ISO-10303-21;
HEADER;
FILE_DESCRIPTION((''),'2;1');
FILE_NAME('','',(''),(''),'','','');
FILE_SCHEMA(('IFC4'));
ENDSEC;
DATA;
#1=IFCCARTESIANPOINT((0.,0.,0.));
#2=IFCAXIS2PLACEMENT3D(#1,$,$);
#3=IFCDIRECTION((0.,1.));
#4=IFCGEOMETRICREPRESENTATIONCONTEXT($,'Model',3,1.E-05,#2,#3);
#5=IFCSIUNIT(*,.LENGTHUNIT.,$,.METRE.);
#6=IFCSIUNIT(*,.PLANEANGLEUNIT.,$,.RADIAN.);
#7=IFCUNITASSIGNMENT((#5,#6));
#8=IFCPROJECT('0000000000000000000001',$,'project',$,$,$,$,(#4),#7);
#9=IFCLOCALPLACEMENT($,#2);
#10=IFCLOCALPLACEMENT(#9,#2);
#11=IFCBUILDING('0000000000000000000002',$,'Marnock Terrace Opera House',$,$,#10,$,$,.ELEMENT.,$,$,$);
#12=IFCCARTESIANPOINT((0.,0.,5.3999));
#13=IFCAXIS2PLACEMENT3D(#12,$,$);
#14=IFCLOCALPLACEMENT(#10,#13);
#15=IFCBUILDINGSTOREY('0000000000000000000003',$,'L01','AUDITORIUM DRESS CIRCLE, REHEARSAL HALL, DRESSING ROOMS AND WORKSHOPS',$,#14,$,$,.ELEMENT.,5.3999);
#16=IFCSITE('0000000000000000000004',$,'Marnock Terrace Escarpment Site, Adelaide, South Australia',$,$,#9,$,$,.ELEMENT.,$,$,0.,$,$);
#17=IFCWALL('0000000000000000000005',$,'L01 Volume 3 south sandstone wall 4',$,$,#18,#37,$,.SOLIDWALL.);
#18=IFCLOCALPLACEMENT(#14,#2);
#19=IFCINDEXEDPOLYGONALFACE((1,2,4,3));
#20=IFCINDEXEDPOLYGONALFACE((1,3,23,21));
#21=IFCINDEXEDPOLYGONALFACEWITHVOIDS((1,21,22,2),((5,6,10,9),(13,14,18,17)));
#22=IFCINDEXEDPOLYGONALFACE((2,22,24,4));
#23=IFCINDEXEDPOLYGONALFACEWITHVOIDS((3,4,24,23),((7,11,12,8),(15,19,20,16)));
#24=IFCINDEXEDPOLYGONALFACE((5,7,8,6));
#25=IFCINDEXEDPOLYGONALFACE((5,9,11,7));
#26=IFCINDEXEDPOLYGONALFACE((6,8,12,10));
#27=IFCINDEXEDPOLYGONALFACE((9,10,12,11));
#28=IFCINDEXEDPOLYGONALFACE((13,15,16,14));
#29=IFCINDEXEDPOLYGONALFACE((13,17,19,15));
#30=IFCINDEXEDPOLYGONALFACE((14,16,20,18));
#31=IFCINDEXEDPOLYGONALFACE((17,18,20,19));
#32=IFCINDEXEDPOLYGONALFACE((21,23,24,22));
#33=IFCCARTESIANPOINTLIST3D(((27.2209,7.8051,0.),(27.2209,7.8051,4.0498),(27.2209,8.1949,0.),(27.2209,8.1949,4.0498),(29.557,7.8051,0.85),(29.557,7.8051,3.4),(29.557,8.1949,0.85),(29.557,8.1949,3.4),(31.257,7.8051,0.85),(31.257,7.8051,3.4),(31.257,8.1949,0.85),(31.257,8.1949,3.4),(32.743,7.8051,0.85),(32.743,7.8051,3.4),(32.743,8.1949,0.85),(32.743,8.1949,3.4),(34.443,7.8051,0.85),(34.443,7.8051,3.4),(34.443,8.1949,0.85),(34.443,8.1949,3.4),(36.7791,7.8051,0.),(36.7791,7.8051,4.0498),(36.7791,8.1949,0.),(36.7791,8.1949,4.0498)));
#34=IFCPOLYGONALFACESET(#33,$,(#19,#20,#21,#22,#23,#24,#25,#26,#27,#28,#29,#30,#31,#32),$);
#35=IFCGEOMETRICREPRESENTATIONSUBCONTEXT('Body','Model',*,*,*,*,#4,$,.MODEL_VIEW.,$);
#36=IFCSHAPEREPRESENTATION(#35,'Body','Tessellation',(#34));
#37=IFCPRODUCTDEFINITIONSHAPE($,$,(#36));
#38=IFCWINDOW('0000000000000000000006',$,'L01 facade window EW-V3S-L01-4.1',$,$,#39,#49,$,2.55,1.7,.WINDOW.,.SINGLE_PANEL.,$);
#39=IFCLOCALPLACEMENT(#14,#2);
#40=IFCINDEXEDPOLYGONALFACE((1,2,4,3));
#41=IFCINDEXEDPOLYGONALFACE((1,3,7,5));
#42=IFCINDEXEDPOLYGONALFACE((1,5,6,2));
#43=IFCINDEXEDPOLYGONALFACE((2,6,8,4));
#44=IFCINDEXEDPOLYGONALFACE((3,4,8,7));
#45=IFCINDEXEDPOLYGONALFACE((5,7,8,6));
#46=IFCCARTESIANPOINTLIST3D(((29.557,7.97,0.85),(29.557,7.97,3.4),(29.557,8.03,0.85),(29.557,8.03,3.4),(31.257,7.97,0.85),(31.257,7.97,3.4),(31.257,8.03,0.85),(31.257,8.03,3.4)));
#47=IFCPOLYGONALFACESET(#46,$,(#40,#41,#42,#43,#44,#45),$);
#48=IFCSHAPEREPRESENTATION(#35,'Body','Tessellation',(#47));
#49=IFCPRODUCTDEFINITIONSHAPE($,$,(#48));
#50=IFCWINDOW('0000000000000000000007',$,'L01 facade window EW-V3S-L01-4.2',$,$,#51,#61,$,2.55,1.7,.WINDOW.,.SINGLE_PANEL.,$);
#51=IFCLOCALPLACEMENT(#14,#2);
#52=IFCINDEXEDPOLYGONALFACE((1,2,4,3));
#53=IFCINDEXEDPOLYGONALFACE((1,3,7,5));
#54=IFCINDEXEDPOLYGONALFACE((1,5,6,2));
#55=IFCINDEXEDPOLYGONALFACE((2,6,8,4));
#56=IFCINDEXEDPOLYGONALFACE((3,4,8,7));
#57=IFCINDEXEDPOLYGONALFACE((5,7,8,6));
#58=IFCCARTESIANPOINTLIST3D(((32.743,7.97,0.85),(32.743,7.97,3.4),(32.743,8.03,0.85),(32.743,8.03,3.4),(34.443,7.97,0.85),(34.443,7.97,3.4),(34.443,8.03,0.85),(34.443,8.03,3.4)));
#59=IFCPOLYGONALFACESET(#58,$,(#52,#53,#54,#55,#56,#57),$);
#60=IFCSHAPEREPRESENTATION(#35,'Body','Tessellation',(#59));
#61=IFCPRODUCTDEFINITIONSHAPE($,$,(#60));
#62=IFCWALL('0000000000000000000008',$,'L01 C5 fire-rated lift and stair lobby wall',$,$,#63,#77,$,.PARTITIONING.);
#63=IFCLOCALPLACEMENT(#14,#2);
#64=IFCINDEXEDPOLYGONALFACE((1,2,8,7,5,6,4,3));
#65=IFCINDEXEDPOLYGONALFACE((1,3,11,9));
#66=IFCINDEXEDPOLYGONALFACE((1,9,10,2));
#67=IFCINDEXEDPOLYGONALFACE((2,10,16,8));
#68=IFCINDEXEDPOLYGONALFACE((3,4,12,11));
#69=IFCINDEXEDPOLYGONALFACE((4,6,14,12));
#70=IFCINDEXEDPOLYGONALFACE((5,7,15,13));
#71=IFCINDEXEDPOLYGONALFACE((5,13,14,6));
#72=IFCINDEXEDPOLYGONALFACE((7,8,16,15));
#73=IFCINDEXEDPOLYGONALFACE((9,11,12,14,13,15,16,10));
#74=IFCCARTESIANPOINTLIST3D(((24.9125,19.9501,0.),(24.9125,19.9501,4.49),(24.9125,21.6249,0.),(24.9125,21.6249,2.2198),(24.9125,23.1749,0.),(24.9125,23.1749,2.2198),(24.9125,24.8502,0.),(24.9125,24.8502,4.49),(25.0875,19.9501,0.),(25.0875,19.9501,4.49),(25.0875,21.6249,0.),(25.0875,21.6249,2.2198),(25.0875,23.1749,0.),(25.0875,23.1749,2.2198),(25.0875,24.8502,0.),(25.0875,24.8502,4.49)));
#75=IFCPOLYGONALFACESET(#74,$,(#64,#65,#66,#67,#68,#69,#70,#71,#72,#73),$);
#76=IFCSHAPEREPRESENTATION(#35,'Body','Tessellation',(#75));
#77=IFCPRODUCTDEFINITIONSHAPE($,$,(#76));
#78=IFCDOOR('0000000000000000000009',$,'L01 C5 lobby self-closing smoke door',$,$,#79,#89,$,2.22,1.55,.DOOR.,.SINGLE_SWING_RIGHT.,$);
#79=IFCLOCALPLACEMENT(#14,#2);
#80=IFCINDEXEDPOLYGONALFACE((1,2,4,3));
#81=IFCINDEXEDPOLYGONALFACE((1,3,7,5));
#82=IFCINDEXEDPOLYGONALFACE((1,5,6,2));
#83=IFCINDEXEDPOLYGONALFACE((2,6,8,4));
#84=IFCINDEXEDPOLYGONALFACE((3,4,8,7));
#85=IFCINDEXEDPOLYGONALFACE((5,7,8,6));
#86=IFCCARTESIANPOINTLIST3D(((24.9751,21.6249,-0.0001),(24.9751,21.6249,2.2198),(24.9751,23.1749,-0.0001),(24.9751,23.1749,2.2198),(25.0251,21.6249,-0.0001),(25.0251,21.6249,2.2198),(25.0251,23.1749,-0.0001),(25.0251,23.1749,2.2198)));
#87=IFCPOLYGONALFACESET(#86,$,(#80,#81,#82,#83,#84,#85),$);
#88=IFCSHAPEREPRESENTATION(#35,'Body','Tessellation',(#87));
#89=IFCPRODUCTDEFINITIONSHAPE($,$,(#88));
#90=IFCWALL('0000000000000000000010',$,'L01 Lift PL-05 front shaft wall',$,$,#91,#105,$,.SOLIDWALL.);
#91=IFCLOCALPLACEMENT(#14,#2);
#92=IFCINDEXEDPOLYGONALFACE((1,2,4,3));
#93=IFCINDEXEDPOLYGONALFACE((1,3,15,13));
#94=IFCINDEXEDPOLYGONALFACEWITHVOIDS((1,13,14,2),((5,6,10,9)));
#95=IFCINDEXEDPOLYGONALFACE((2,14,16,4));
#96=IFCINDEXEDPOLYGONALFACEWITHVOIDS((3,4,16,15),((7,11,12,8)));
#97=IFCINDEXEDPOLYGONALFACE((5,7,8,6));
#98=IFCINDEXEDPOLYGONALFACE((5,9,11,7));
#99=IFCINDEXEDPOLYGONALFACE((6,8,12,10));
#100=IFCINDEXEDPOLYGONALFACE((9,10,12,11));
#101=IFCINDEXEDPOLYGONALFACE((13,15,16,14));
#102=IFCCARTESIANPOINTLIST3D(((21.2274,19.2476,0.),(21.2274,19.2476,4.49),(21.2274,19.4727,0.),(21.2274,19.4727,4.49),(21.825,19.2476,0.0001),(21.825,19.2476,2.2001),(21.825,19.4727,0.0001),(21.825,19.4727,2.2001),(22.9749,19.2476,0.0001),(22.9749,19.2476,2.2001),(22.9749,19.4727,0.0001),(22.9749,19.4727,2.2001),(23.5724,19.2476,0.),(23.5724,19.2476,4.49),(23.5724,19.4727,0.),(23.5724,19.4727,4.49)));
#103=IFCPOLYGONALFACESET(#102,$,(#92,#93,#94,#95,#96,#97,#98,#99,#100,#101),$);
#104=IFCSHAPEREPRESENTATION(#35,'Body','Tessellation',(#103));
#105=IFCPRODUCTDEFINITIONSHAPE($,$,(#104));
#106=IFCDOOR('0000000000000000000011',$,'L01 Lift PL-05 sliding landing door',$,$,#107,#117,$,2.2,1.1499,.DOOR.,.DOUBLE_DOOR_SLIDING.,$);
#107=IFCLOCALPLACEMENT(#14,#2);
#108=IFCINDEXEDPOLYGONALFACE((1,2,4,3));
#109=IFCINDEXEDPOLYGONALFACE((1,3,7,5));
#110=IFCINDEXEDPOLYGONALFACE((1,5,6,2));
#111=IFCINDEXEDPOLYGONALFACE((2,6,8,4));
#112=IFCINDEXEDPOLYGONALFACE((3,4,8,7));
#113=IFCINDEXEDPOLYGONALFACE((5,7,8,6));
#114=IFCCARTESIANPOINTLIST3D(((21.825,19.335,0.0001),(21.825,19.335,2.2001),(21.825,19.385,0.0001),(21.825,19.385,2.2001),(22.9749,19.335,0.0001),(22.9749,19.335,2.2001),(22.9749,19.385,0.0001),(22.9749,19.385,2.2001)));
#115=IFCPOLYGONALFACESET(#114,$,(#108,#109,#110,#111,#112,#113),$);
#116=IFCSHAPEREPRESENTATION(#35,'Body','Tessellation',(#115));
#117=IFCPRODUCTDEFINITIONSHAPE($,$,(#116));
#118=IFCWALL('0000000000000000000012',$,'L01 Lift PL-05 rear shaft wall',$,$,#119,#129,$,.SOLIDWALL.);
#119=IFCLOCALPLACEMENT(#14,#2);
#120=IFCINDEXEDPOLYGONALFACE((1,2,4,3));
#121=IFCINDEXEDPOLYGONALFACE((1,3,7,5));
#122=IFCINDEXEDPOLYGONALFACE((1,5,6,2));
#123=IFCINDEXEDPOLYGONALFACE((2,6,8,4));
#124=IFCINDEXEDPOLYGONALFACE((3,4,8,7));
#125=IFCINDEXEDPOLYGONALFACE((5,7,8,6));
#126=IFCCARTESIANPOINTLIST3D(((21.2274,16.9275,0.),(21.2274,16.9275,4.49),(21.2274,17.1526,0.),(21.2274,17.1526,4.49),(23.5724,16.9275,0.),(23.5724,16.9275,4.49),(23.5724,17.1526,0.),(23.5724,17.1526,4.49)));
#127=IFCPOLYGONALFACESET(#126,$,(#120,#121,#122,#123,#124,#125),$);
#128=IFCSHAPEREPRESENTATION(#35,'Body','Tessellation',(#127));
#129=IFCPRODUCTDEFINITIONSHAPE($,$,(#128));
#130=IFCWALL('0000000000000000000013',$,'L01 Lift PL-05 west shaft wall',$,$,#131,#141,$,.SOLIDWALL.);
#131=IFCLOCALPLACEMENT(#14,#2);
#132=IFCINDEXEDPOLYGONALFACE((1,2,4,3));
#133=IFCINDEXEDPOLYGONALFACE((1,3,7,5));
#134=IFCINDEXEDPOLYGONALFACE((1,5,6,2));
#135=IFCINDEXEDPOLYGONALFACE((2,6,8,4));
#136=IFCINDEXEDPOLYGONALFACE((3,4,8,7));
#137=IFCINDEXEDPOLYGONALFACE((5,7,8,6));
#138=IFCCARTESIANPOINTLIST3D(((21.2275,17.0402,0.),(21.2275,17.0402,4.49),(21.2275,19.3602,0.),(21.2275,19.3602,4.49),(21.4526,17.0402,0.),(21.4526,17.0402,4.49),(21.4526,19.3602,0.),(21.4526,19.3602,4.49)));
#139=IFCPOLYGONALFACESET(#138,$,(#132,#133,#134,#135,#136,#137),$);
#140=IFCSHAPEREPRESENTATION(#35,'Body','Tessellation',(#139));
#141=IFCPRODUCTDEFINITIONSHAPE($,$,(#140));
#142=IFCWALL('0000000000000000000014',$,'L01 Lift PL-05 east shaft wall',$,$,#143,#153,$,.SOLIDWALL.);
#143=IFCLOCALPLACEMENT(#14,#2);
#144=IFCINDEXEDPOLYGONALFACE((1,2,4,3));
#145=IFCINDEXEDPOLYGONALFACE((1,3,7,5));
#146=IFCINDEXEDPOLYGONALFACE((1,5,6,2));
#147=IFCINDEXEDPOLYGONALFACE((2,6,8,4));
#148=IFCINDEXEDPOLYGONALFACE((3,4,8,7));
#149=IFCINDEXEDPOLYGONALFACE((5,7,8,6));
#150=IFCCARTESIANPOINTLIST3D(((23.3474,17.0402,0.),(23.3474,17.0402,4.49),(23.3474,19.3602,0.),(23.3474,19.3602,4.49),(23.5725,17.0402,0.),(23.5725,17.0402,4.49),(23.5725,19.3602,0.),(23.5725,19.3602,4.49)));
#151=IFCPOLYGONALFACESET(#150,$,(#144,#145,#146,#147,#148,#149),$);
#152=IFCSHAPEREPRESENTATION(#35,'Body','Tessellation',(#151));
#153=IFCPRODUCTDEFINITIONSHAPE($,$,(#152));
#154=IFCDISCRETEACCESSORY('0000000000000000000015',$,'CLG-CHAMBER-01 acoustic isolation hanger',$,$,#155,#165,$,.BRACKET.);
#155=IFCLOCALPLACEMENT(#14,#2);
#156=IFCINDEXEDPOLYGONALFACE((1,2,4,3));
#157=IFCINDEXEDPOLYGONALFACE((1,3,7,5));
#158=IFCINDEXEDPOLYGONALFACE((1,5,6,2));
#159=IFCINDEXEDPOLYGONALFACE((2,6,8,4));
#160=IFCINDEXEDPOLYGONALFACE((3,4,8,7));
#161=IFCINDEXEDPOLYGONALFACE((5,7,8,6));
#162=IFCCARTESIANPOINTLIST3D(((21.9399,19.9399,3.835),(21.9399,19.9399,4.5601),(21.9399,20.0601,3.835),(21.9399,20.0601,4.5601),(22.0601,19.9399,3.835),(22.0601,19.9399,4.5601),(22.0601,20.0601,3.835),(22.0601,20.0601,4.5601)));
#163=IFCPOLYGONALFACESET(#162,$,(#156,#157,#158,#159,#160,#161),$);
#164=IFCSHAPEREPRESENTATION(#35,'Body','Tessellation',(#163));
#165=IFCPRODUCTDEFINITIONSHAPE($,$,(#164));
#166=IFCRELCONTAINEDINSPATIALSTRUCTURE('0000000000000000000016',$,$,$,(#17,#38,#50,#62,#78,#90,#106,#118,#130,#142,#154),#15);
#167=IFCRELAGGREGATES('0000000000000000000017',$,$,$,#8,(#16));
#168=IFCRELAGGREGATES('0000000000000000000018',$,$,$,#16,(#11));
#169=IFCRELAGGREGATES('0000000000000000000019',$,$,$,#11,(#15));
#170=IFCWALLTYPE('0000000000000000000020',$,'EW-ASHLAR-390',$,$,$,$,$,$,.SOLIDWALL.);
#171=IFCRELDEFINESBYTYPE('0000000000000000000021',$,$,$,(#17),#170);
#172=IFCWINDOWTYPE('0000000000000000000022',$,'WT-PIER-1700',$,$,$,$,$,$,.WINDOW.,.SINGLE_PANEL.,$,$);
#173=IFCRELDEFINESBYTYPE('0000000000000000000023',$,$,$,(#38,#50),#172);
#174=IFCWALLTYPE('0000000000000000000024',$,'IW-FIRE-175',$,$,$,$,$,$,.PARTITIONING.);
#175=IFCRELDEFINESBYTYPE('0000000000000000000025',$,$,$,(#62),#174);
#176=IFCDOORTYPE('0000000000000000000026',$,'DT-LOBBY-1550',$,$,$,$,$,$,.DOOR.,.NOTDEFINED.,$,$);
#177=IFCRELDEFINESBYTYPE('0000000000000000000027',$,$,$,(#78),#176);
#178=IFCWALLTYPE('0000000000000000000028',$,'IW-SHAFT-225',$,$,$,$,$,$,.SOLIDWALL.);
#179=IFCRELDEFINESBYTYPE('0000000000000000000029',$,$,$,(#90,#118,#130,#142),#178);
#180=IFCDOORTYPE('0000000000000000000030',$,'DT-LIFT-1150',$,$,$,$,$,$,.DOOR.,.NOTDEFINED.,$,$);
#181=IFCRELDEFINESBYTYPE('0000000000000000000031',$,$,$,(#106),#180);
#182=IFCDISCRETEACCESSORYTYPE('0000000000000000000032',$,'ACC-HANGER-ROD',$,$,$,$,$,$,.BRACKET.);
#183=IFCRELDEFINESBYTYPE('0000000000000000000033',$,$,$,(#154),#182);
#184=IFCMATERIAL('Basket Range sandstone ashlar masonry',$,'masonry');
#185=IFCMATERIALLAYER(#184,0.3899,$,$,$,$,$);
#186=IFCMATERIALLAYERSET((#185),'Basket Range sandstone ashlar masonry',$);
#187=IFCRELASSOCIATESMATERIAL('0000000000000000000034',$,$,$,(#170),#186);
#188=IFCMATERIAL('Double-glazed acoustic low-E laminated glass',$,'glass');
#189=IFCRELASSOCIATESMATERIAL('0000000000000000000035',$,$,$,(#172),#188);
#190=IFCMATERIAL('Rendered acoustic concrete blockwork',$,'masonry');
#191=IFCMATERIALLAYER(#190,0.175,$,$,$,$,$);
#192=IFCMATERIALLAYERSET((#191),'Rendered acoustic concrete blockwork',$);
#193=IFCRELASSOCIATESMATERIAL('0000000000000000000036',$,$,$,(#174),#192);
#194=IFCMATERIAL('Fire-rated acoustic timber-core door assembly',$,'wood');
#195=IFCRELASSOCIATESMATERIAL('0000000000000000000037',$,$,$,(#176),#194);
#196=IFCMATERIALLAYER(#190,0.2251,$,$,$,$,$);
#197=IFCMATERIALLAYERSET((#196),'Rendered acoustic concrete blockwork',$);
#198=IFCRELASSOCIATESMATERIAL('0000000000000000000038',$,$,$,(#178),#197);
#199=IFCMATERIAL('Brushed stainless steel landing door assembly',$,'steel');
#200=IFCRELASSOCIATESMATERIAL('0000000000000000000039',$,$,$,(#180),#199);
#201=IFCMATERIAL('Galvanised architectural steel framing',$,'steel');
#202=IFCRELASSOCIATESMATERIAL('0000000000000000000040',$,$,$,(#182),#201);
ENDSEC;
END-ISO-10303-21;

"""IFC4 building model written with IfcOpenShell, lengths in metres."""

from ifc_helpers import new_model, si_unit, direction, frame, frame_2d, origin, origin_2d, place, context, subcontext, project, spatial, rectangle, extrude, material, layer, layer_set, type_object, element, fill, save


model = new_model("IFC4")

# Units and contexts
model_context = context("Model", 3, precision=1e-05, world=origin(), true_north=direction((0.0, 1.0)))
body_context = subcontext(model_context, "Body", "Model", "MODEL_VIEW")
ifc_project = project(units=[si_unit("LENGTHUNIT", "METRE"), si_unit("PLANEANGLEUNIT", "RADIAN")], contexts=[model_context])

# Site, building, storey
site_placement = place(None, origin())
site = spatial("IfcSite", under=ifc_project, at=site_placement, Name="Marnock Terrace Escarpment Site, Adelaide, South Australia", CompositionType="ELEMENT", RefElevation=0.0)
building_placement = place(site_placement, origin())
building = spatial("IfcBuilding", under=site, at=building_placement, Name="Marnock Terrace Opera House", CompositionType="ELEMENT")
storey_placement = place(building_placement, frame((0.0, 0.0, 5.3999)))
storey = spatial("IfcBuildingStorey", under=building, at=storey_placement, Name="L01", Description="AUDITORIUM DRESS CIRCLE, REHEARSAL HALL, DRESSING ROOMS AND WORKSHOPS", CompositionType="ELEMENT", Elevation=5.3999)

# Wall, openings, windows
ifc_material_1 = material(Name="Basket Range sandstone ashlar masonry", Category="masonry")
ifc_layer_1 = layer(ifc_material_1, 0.3899)
ifc_layer_set_1 = layer_set([ifc_layer_1], Name="Basket Range sandstone ashlar masonry")
wall_type_1 = type_object("IfcWallType", Name="EW-ASHLAR-390", PredefinedType="SOLIDWALL", material=ifc_layer_set_1)
ifc_material_2 = material(Name="Double-glazed acoustic low-E laminated glass", Category="glass")
window_type = type_object("IfcWindowType", Name="WT-PIER-1700", PartitioningType="SINGLE_PANEL", PredefinedType="WINDOW", material=ifc_material_2)
wall_1_placement = place(storey_placement, frame((27.2209, 8.0, 0.0), z_axis=(0.0, 0.0, 1.0), x_axis=(1.0, 0.0, 0.0)))
wall_1 = element("IfcWall", 1, at=wall_1_placement, inside=storey, type_object=wall_type_1, Name="L01 Volume 3 south sandstone wall 4", PredefinedType="SOLIDWALL", context=body_context, shape_type="SweptSolid", body=[
    extrude(rectangle(XDim=9.5581, YDim=0.3899, at=frame_2d((4.7791, 0.0))), origin(), (0.0, 0.0, 1.0), 4.0498),
])
opening_1_placement = place(wall_1_placement, frame((2.3359, 0.0, 0.8501)))
opening_1 = element("IfcOpeningElement", 2, at=opening_1_placement, cuts=wall_1, PredefinedType="OPENING", context=body_context, shape_type="SweptSolid", body=[
    extrude(rectangle(XDim=1.7, YDim=2.55, at=frame_2d((0.8501, 1.2749))), frame((0.0, 0.2048, 0.0), z_axis=(0.0, -1.0, 0.0), x_axis=(1.0, 0.0, 0.0)), (0.0, 0.0, 1.0), 0.4099),
])
opening_2_placement = place(wall_1_placement, frame((5.522, 0.0, 0.8501)))
opening_2 = element("IfcOpeningElement", 3, at=opening_2_placement, cuts=wall_1, PredefinedType="OPENING", context=body_context, shape_type="SweptSolid", body=[
    extrude(rectangle(XDim=1.7, YDim=2.55, at=frame_2d((0.8501, 1.2749))), frame((0.0, 0.2048, 0.0), z_axis=(0.0, -1.0, 0.0), x_axis=(1.0, 0.0, 0.0)), (0.0, 0.0, 1.0), 0.4099),
])
window_1_placement = place(opening_1_placement, origin())
window_1 = element("IfcWindow", 4, at=window_1_placement, inside=storey, type_object=window_type, Name="L01 facade window EW-V3S-L01-4.1", OverallHeight=2.55, OverallWidth=1.7, PartitioningType="SINGLE_PANEL", PredefinedType="WINDOW", context=body_context, shape_type="SweptSolid", body=[
    extrude(rectangle(XDim=1.7, YDim=2.55, at=frame_2d((0.8501, 1.2749))), frame((0.0, 0.03, 0.0), z_axis=(0.0, -1.0, 0.0), x_axis=(1.0, 0.0, 0.0)), (0.0, 0.0, 1.0), 0.0601),
])
fill(opening_1, window_1)
window_2_placement = place(opening_2_placement, origin())
window_2 = element("IfcWindow", 5, at=window_2_placement, inside=storey, type_object=window_type, Name="L01 facade window EW-V3S-L01-4.2", OverallHeight=2.55, OverallWidth=1.7, PartitioningType="SINGLE_PANEL", PredefinedType="WINDOW", context=body_context, shape_type="SweptSolid", body=[
    extrude(rectangle(XDim=1.7, YDim=2.55, at=frame_2d((0.8501, 1.2749))), frame((0.0, 0.03, 0.0), z_axis=(0.0, -1.0, 0.0), x_axis=(1.0, 0.0, 0.0)), (0.0, 0.0, 1.0), 0.0601),
])
fill(opening_2, window_2)

# Walls, openings, doors
ifc_material_3 = material(Name="Rendered acoustic concrete blockwork", Category="masonry")
ifc_layer_2 = layer(ifc_material_3, 0.175)
ifc_layer_set_2 = layer_set([ifc_layer_2], Name="Rendered acoustic concrete blockwork")
wall_type_2 = type_object("IfcWallType", Name="IW-FIRE-175", PredefinedType="PARTITIONING", material=ifc_layer_set_2)
wall_2_placement = place(storey_placement, frame((25.0, 19.95, 0.0), z_axis=(0.0, 0.0, 1.0), x_axis=(0.0, 1.0, 0.0)))
wall_2 = element("IfcWall", 6, at=wall_2_placement, inside=storey, type_object=wall_type_2, Name="L01 C5 fire-rated lift and stair lobby wall", PredefinedType="PARTITIONING", context=body_context, shape_type="SweptSolid", body=[
    extrude(rectangle(XDim=4.9001, YDim=0.175, at=frame_2d((2.4502, 0.0))), origin(), (0.0, 0.0, 1.0), 4.49),
])
opening_3_placement = place(wall_2_placement, frame((1.675, 0.0, 0.0)))
opening_3 = element("IfcOpeningElement", 7, at=opening_3_placement, cuts=wall_2, PredefinedType="OPENING", context=body_context, shape_type="SweptSolid", body=[
    extrude(rectangle(XDim=1.55, YDim=2.22, at=frame_2d((0.7749, 1.1099))), frame((0.0, 0.0974, 0.0), z_axis=(0.0, -1.0, 0.0), x_axis=(1.0, 0.0, 0.0)), (0.0, 0.0, 1.0), 0.1951),
])
ifc_material_4 = material(Name="Fire-rated acoustic timber-core door assembly", Category="wood")
door_type_1 = type_object("IfcDoorType", Name="DT-LOBBY-1550", OperationType="NOTDEFINED", PredefinedType="DOOR", material=ifc_material_4)
door_1_placement = place(opening_3_placement, origin())
door_1 = element("IfcDoor", 8, at=door_1_placement, inside=storey, type_object=door_type_1, Name="L01 C5 lobby self-closing smoke door", OperationType="SINGLE_SWING_RIGHT", OverallHeight=2.22, OverallWidth=1.55, PredefinedType="DOOR", context=body_context, shape_type="SweptSolid", body=[
    extrude(rectangle(XDim=1.55, YDim=2.22, at=frame_2d((0.7749, 1.1099))), frame((0.0, 0.0249, 0.0), z_axis=(0.0, -1.0, 0.0), x_axis=(1.0, 0.0, 0.0)), (0.0, 0.0, 1.0), 0.05),
])
fill(opening_3, door_1)
ifc_layer_3 = layer(ifc_material_3, 0.2251)
ifc_layer_set_3 = layer_set([ifc_layer_3], Name="Rendered acoustic concrete blockwork")
wall_type_3 = type_object("IfcWallType", Name="IW-SHAFT-225", PredefinedType="SOLIDWALL", material=ifc_layer_set_3)
wall_3_placement = place(storey_placement, frame((21.2275, 19.3601, 0.0), z_axis=(0.0, 0.0, 1.0), x_axis=(1.0, 0.0, 0.0)))
wall_3 = element("IfcWall", 9, at=wall_3_placement, inside=storey, type_object=wall_type_3, Name="L01 Lift PL-05 front shaft wall", PredefinedType="SOLIDWALL", context=body_context, shape_type="SweptSolid", body=[
    extrude(rectangle(XDim=2.345, YDim=0.2251, at=frame_2d((1.1724, 0.0))), origin(), (0.0, 0.0, 1.0), 4.49),
])
opening_4_placement = place(wall_3_placement, frame((0.5974, 0.0, 0.0)))
opening_4 = element("IfcOpeningElement", 10, at=opening_4_placement, cuts=wall_3, PredefinedType="OPENING", context=body_context, shape_type="SweptSolid", body=[
    extrude(rectangle(XDim=1.1499, YDim=2.2, at=frame_2d((0.575, 1.1001))), frame((0.0, 0.1226, 0.0), z_axis=(0.0, -1.0, 0.0), x_axis=(1.0, 0.0, 0.0)), (0.0, 0.0, 1.0), 0.2451),
])
ifc_material_5 = material(Name="Brushed stainless steel landing door assembly", Category="steel")
door_type_2 = type_object("IfcDoorType", Name="DT-LIFT-1150", OperationType="NOTDEFINED", PredefinedType="DOOR", material=ifc_material_5)
door_2_placement = place(opening_4_placement, origin())
door_2 = element("IfcDoor", 11, at=door_2_placement, inside=storey, type_object=door_type_2, Name="L01 Lift PL-05 sliding landing door", OperationType="DOUBLE_DOOR_SLIDING", OverallHeight=2.2, OverallWidth=1.1499, PredefinedType="DOOR", context=body_context, shape_type="SweptSolid", body=[
    extrude(rectangle(XDim=1.1499, YDim=2.2, at=frame_2d((0.575, 1.1001))), frame((0.0, 0.0249, 0.0), z_axis=(0.0, -1.0, 0.0), x_axis=(1.0, 0.0, 0.0)), (0.0, 0.0, 1.0), 0.05),
])
fill(opening_4, door_2)

# Walls
wall_4_placement = place(storey_placement, frame((21.2275, 17.04, 0.0), z_axis=(0.0, 0.0, 1.0), x_axis=(1.0, 0.0, 0.0)))
element("IfcWall", 12, at=wall_4_placement, inside=storey, type_object=wall_type_3, Name="L01 Lift PL-05 rear shaft wall", PredefinedType="SOLIDWALL", context=body_context, shape_type="SweptSolid", body=[
    extrude(rectangle(XDim=2.345, YDim=0.2251, at=frame_2d((1.1724, 0.0))), origin(), (0.0, 0.0, 1.0), 4.49),
])
for number, where, z_axis, x_axis, name in (
    (13, (21.3401, 17.04, 0.0), (0.0, 0.0, 1.0), (0.0, 1.0, 0.0), "L01 Lift PL-05 west shaft wall"),
    (14, (23.46, 17.04, 0.0), (0.0, 0.0, 1.0), (0.0, 1.0, 0.0), "L01 Lift PL-05 east shaft wall"),
):
    element("IfcWall", number, at=place(storey_placement, frame(where, z_axis=z_axis, x_axis=x_axis)), inside=storey, type_object=wall_type_3, Name=name, PredefinedType="SOLIDWALL", context=body_context, shape_type="SweptSolid", body=[
        extrude(rectangle(XDim=2.3201, YDim=0.2251, at=frame_2d((1.1602, 0.0))), origin(), (0.0, 0.0, 1.0), 4.49),
    ])

# Discrete accessory
ifc_material_6 = material(Name="Galvanised architectural steel framing", Category="steel")
discrete_accessory_type = type_object("IfcDiscreteAccessoryType", Name="ACC-HANGER-ROD", PredefinedType="BRACKET", material=ifc_material_6)
discrete_accessory_placement = place(storey_placement, frame((22.0, 20.0, 3.835), z_axis=(0.0, 0.0, 1.0), x_axis=(1.0, 0.0, 0.0)))
element("IfcDiscreteAccessory", 15, at=discrete_accessory_placement, inside=storey, type_object=discrete_accessory_type, Name="CLG-CHAMBER-01 acoustic isolation hanger", PredefinedType="BRACKET", context=body_context, shape_type="SweptSolid", body=[
    extrude(rectangle(XDim=0.1201, YDim=0.1201, at=origin_2d()), origin(), (0.0, 0.0, 1.0), 0.7251),
])

save(model, "model.ifc")
